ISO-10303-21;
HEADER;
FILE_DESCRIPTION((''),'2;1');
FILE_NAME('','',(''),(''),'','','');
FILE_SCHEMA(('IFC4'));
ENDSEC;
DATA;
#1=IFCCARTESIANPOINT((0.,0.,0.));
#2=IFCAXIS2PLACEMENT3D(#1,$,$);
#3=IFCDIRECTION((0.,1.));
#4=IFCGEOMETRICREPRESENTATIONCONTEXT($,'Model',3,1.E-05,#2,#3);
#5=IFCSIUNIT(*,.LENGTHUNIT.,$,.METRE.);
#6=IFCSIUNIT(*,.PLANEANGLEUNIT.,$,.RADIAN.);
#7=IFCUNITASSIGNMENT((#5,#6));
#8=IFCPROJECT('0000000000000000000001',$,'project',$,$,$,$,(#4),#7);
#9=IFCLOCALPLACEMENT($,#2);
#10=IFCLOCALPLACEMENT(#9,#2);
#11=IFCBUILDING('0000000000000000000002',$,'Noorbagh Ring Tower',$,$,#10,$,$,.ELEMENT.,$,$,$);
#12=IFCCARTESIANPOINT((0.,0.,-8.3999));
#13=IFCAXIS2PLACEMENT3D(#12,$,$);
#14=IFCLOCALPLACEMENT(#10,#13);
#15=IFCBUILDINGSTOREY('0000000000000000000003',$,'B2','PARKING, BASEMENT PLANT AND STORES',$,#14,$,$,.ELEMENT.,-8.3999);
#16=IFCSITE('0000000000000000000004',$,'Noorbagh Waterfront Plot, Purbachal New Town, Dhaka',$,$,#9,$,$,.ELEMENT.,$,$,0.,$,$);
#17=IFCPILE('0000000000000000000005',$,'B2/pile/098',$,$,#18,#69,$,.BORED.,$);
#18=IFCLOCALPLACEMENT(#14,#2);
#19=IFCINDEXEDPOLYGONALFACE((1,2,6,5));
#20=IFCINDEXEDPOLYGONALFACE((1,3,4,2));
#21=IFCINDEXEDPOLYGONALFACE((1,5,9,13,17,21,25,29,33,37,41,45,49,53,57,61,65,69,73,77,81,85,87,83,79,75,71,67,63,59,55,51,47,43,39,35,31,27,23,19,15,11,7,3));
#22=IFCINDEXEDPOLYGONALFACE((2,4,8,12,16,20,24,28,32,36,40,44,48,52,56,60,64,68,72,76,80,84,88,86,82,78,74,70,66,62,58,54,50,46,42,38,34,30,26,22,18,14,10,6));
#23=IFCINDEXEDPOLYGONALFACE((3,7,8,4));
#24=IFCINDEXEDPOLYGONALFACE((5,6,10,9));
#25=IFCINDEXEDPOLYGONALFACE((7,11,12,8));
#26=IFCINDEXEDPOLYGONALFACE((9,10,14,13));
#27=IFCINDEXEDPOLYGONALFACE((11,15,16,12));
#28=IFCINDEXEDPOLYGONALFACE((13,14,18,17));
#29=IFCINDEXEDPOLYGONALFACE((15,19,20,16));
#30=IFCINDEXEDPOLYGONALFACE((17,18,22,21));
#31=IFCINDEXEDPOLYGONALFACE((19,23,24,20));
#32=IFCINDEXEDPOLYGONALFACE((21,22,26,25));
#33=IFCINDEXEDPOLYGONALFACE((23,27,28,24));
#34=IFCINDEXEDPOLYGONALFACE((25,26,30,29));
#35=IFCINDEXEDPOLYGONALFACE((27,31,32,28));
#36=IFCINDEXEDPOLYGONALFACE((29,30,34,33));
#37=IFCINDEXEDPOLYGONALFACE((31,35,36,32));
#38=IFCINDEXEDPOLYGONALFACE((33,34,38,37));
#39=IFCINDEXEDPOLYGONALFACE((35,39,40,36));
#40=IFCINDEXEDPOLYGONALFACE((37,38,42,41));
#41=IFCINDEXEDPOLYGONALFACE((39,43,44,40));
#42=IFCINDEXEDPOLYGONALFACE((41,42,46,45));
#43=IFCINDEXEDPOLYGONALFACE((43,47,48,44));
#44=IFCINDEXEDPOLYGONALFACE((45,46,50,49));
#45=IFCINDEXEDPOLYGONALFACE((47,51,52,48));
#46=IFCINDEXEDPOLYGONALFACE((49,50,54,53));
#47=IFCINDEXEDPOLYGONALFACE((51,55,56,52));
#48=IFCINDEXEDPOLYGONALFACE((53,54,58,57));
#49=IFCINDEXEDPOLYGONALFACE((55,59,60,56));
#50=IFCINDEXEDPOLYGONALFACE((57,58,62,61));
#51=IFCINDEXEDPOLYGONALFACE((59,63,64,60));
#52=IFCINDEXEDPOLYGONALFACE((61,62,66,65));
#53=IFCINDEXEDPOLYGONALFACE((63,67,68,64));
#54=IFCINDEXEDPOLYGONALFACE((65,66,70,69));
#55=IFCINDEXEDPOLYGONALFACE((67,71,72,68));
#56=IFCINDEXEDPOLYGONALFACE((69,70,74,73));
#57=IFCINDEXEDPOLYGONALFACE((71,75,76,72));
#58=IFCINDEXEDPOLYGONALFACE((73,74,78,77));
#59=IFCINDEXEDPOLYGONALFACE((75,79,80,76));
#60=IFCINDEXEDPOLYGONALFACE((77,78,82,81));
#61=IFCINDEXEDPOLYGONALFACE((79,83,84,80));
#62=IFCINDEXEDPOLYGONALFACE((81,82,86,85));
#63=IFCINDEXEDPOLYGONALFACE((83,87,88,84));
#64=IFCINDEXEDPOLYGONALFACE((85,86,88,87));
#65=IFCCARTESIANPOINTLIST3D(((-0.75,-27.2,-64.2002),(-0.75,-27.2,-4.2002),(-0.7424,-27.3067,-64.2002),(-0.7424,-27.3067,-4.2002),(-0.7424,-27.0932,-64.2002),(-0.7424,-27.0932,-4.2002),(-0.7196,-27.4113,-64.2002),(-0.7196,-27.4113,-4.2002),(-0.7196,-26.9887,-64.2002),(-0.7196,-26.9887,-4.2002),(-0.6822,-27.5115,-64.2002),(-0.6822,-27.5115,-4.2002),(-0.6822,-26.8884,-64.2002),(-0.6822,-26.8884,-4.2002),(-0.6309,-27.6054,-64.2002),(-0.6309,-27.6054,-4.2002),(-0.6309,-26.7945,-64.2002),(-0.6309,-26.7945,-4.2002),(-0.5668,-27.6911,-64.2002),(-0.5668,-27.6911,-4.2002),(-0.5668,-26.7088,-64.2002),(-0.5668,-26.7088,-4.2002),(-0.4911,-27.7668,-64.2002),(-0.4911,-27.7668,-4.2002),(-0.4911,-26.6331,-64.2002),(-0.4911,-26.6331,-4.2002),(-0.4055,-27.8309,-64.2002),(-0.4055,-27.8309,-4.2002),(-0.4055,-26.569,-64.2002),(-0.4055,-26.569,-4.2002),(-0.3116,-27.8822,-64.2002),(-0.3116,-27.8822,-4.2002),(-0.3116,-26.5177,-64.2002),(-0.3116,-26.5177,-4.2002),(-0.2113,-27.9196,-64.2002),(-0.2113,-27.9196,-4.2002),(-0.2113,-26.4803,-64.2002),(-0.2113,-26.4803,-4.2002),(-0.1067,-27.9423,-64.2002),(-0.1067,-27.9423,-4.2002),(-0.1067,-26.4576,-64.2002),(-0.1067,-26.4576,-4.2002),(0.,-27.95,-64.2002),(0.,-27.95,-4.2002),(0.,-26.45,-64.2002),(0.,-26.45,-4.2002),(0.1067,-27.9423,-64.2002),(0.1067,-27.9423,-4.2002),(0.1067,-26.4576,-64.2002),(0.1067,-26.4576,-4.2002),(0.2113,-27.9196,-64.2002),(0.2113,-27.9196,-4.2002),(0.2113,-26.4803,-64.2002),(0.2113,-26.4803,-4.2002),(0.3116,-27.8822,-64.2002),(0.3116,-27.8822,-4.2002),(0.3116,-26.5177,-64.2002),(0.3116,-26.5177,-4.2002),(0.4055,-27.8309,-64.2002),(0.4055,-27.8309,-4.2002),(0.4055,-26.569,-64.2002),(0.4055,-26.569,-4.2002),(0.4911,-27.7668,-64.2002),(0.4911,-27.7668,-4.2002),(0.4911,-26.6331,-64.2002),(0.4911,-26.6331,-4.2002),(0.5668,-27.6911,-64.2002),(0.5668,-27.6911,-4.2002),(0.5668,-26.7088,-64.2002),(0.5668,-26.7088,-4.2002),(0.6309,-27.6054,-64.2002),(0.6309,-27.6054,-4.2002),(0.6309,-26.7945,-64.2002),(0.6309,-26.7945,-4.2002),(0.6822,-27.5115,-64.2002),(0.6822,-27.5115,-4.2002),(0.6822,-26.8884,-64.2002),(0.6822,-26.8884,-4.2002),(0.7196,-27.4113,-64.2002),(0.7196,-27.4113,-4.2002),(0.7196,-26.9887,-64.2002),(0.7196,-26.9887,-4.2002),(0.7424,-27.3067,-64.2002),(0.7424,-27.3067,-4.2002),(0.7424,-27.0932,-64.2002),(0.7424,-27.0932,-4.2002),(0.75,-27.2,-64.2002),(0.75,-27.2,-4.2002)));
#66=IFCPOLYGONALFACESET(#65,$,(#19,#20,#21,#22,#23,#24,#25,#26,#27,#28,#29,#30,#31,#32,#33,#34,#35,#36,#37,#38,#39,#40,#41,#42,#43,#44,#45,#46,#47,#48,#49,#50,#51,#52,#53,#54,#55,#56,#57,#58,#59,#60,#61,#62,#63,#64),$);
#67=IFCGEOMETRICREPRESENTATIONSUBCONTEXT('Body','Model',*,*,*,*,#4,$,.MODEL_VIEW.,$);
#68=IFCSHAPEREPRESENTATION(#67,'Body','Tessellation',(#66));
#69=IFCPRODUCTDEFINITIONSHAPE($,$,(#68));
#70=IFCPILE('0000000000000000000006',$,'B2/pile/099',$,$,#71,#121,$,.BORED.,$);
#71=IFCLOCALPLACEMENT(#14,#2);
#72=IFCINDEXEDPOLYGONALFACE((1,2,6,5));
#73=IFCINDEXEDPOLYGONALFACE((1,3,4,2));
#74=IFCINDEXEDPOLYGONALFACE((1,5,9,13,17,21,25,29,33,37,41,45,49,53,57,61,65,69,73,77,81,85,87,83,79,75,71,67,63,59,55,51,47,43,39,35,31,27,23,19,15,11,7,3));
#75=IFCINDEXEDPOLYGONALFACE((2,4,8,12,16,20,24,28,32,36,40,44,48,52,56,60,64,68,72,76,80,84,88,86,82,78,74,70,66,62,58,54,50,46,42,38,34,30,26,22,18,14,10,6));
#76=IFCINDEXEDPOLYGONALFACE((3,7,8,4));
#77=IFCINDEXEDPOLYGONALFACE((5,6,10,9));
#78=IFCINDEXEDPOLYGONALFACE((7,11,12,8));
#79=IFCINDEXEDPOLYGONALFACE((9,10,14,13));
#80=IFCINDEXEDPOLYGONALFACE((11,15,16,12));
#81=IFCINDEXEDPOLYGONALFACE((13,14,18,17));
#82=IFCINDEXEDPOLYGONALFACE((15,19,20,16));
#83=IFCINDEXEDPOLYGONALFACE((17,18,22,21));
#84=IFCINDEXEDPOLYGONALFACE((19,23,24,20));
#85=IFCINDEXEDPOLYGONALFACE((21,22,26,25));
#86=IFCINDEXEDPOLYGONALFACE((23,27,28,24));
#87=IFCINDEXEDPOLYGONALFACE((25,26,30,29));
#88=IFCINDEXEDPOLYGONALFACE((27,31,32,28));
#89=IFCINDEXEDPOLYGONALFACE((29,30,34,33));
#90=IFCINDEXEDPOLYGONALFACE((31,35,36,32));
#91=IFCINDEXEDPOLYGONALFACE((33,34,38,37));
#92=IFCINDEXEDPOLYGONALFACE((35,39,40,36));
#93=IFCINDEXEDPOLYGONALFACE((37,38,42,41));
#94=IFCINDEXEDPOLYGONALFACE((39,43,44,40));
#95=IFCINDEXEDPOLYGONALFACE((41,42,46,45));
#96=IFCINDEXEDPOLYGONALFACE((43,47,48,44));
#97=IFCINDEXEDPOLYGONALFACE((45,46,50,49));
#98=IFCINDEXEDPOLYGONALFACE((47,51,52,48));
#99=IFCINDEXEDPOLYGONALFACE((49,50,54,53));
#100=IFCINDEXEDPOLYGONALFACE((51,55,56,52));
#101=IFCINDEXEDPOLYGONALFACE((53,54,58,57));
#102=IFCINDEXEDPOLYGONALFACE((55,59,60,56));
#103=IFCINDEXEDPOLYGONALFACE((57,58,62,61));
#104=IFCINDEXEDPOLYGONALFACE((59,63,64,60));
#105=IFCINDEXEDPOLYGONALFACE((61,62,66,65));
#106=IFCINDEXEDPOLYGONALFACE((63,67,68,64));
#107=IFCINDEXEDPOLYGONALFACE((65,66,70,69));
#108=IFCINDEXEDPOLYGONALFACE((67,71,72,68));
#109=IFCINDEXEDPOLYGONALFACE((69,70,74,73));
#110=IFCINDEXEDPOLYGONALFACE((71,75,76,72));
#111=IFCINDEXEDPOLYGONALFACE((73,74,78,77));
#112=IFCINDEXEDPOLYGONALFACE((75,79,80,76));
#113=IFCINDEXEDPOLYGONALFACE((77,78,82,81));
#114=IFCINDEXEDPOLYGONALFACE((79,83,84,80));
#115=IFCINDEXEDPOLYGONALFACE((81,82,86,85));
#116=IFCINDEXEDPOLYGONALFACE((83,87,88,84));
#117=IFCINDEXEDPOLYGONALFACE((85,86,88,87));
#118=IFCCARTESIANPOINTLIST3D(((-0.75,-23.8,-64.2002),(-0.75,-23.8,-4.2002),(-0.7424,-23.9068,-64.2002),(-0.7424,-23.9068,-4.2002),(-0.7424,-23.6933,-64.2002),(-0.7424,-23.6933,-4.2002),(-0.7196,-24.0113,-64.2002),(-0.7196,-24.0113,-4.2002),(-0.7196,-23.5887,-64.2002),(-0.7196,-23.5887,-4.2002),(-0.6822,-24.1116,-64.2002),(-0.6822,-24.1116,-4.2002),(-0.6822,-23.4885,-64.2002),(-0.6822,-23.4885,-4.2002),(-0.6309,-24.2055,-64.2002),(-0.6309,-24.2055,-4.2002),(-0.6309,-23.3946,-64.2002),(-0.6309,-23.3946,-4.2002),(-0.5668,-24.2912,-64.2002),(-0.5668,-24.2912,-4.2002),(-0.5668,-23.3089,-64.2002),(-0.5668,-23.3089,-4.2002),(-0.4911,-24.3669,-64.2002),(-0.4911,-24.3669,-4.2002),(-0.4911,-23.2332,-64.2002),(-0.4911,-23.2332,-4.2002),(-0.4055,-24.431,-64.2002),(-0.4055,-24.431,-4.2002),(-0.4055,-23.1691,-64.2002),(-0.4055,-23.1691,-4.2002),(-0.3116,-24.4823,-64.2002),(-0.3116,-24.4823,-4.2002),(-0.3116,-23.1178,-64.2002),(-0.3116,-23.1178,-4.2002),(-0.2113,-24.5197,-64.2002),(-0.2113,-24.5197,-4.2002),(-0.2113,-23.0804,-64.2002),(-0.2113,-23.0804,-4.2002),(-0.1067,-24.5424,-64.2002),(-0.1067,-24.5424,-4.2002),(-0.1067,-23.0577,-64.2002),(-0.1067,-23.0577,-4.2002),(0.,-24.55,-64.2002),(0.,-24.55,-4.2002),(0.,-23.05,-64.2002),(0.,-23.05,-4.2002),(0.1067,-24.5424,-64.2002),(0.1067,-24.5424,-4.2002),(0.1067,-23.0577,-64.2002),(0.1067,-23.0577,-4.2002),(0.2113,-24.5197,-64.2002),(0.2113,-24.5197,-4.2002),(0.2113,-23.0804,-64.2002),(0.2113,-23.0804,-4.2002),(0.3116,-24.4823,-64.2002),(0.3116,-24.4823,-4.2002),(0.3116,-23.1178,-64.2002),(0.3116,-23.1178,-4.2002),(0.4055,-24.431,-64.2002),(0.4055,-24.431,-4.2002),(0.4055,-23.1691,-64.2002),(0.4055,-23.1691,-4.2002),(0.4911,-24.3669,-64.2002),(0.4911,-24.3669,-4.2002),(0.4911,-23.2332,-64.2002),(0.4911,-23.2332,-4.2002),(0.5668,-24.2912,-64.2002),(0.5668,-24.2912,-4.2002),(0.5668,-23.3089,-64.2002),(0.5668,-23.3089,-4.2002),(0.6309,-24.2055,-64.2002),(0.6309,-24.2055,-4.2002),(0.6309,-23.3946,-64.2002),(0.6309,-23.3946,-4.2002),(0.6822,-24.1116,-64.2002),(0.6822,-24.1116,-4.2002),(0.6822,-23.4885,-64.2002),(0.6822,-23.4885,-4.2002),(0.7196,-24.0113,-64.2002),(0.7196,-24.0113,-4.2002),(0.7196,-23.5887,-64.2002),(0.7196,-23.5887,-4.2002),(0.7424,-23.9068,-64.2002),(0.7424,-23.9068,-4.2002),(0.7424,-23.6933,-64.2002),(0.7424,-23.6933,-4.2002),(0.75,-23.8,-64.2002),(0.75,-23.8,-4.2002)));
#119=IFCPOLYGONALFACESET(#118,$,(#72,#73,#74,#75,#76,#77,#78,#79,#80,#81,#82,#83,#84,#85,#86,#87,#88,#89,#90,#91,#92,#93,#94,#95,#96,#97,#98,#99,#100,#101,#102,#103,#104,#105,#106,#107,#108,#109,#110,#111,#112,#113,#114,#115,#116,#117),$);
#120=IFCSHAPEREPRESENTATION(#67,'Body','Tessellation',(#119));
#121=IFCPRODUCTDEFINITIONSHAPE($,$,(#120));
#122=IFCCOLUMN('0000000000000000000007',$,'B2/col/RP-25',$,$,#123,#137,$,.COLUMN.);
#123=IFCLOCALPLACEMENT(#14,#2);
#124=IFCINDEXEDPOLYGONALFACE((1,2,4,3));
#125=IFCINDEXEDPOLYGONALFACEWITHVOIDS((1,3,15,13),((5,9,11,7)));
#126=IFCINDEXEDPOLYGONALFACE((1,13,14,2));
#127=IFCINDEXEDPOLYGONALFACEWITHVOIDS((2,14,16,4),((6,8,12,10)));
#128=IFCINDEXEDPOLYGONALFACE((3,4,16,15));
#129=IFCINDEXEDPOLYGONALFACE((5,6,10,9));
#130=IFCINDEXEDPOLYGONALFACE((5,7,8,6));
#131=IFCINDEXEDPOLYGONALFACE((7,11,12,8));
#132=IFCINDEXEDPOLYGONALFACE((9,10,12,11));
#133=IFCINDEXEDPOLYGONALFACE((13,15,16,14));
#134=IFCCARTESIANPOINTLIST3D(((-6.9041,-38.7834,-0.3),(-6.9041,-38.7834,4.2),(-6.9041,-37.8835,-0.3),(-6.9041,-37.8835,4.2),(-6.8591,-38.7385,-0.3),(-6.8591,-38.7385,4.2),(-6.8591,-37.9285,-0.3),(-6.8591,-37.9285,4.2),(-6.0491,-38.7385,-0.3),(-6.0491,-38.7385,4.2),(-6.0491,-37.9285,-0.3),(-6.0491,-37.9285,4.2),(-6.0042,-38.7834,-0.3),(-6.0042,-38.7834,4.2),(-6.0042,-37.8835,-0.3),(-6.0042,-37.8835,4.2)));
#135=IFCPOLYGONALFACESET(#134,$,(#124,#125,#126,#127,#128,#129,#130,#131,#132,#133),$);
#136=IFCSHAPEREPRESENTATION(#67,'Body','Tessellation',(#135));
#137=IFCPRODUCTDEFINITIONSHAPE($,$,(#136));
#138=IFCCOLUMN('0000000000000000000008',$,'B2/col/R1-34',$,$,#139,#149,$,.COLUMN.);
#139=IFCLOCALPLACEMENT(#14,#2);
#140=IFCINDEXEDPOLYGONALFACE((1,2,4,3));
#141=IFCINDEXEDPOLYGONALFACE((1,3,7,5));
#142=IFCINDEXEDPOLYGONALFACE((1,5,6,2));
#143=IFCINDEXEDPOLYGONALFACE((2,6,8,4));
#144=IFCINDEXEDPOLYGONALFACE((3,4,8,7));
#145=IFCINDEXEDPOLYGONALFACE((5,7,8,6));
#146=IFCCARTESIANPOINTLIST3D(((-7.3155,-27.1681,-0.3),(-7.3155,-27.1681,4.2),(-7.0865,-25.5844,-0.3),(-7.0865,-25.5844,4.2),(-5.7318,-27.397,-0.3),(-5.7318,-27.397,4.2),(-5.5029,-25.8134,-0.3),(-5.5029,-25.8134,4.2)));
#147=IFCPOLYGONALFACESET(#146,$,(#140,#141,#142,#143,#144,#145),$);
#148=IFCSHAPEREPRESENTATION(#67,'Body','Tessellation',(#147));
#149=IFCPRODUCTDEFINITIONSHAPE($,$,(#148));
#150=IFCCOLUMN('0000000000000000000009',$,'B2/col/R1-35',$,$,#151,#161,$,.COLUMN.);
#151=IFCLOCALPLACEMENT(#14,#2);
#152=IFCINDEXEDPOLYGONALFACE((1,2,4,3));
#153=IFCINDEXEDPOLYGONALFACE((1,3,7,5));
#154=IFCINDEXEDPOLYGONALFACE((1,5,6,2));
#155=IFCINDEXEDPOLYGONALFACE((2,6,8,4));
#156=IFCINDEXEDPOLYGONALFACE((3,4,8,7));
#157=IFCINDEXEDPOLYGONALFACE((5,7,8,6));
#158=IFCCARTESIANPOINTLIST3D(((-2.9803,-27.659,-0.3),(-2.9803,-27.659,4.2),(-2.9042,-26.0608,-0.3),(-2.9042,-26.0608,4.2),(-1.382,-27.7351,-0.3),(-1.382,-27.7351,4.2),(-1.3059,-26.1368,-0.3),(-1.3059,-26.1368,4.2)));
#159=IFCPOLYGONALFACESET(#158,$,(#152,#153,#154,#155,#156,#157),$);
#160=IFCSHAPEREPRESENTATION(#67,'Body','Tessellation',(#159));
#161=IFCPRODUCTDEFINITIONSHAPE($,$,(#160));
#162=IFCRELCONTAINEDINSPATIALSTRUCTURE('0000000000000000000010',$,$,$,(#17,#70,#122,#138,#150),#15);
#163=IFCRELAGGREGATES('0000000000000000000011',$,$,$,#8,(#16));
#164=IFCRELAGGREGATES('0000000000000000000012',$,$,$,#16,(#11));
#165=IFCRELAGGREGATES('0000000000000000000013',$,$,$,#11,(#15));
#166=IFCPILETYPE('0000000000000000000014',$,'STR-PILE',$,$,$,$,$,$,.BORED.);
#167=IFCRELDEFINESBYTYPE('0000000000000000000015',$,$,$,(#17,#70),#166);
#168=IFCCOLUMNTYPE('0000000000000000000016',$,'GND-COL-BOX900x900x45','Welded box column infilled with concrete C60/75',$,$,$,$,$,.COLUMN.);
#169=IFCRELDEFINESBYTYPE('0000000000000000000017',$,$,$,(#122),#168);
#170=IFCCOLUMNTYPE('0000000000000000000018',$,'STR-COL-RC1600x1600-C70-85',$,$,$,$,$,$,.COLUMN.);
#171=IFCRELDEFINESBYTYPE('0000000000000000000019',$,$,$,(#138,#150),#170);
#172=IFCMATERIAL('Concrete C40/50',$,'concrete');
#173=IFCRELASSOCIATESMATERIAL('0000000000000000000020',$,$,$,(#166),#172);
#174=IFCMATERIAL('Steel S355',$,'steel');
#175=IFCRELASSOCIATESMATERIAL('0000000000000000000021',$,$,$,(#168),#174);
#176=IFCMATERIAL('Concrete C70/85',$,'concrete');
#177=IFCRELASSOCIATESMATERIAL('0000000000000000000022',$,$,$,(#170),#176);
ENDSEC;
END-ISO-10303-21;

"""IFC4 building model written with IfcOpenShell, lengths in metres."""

from ifc_helpers import new_model, si_unit, direction, frame, origin, origin_2d, place, context, subcontext, project, spatial, rectangle, hollow_rectangle, circle, extrude, material, material_profile, profile_set, type_object, element, save


model = new_model("IFC4")

# Units and contexts
model_context = context("Model", 3, precision=1e-05, world=origin(), true_north=direction((0.0, 1.0)))
body_context = subcontext(model_context, "Body", "Model", "MODEL_VIEW")
ifc_project = project(units=[si_unit("LENGTHUNIT", "METRE"), si_unit("PLANEANGLEUNIT", "RADIAN")], contexts=[model_context])

# Site, building, storey
site_placement = place(None, origin())
site = spatial("IfcSite", under=ifc_project, at=site_placement, Name="Noorbagh Waterfront Plot, Purbachal New Town, Dhaka", CompositionType="ELEMENT", RefElevation=0.0)
building_placement = place(site_placement, origin())
building = spatial("IfcBuilding", under=site, at=building_placement, Name="Noorbagh Ring Tower", CompositionType="ELEMENT")
storey_placement = place(building_placement, frame((0.0, 0.0, -8.3999)))
storey = spatial("IfcBuildingStorey", under=building, at=storey_placement, Name="B2", Description="PARKING, BASEMENT PLANT AND STORES", CompositionType="ELEMENT", Elevation=-8.3999)

# Piles
ifc_material_1 = material(Name="Concrete C40/50", Category="concrete")
ifc_material_profile_1 = material_profile(ifc_material_1, circle(Radius=0.75, at=origin_2d()), Name="PILE1500")
ifc_profile_set_1 = profile_set([ifc_material_profile_1], Name="Concrete C40/50")
pile_type_1 = type_object("IfcPileType", Name="STR-PILE", PredefinedType="BORED", material=ifc_profile_set_1)
for number, where, z_axis, x_axis, name in (
    (1, (0.0, -27.2, -4.2002), (0.0, 0.0, -1.0), (1.0, 0.0, 0.0), "B2/pile/098"),
    (2, (0.0, -23.8, -4.2002), (0.0, 0.0, -1.0), (1.0, 0.0, 0.0), "B2/pile/099"),
):
    element("IfcPile", number, at=place(storey_placement, frame(where, z_axis=z_axis, x_axis=x_axis)), inside=storey, type_object=pile_type_1, Name=name, PredefinedType="BORED", context=body_context, shape_type="SweptSolid", body=[
        extrude(circle(Radius=0.75, at=origin_2d()), origin(), (0.0, 0.0, 1.0), 60.0),
    ])

# Columns
ifc_material_2 = material(Name="Steel S355", Category="steel")
ifc_material_profile_2 = material_profile(ifc_material_2, hollow_rectangle(XDim=0.8999, YDim=0.8999, WallThickness=0.0449, at=origin_2d()), Name="BOX900x900x45")
ifc_profile_set_2 = profile_set([ifc_material_profile_2], Name="Steel S355")
column_type_1 = type_object("IfcColumnType", Name="GND-COL-BOX900x900x45", Description="Welded box column infilled with concrete C60/75", PredefinedType="COLUMN", material=ifc_profile_set_2)
column_placement = place(storey_placement, frame((-6.4541, -38.3335, -0.3), z_axis=(0.0, 0.0, 1.0), x_axis=(1.0, 0.0, 0.0)))
element("IfcColumn", 3, at=column_placement, inside=storey, type_object=column_type_1, Name="B2/col/RP-25", PredefinedType="COLUMN", context=body_context, shape_type="SweptSolid", body=[
    extrude(hollow_rectangle(XDim=0.8999, YDim=0.8999, WallThickness=0.0449, at=origin_2d()), origin(), (0.0, 0.0, 1.0), 4.5),
])
ifc_material_3 = material(Name="Concrete C70/85", Category="concrete")
ifc_material_profile_3 = material_profile(ifc_material_3, rectangle(XDim=1.6001, YDim=1.6001, at=origin_2d()), Name="RC1600x1600")
ifc_profile_set_3 = profile_set([ifc_material_profile_3], Name="Concrete C70/85")
column_type_2 = type_object("IfcColumnType", Name="STR-COL-RC1600x1600-C70-85", PredefinedType="COLUMN", material=ifc_profile_set_3)
for number, where, z_axis, x_axis, name in (
    (4, (-6.4092, -26.4907, -0.3), (0.0, 0.0, 1.0), (0.989713, -0.143066, 0.0), "B2/col/R1-34"),
    (5, (-2.1431, -26.8979, -0.3), (0.0, 0.0, 1.0), (0.998869, -0.047553, 0.0), "B2/col/R1-35"),
):
    element("IfcColumn", number, at=place(storey_placement, frame(where, z_axis=z_axis, x_axis=x_axis)), inside=storey, type_object=column_type_2, Name=name, PredefinedType="COLUMN", context=body_context, shape_type="SweptSolid", body=[
        extrude(rectangle(XDim=1.6001, YDim=1.6001, at=origin_2d()), origin(), (0.0, 0.0, 1.0), 4.5),
    ])

save(model, "model.ifc")
